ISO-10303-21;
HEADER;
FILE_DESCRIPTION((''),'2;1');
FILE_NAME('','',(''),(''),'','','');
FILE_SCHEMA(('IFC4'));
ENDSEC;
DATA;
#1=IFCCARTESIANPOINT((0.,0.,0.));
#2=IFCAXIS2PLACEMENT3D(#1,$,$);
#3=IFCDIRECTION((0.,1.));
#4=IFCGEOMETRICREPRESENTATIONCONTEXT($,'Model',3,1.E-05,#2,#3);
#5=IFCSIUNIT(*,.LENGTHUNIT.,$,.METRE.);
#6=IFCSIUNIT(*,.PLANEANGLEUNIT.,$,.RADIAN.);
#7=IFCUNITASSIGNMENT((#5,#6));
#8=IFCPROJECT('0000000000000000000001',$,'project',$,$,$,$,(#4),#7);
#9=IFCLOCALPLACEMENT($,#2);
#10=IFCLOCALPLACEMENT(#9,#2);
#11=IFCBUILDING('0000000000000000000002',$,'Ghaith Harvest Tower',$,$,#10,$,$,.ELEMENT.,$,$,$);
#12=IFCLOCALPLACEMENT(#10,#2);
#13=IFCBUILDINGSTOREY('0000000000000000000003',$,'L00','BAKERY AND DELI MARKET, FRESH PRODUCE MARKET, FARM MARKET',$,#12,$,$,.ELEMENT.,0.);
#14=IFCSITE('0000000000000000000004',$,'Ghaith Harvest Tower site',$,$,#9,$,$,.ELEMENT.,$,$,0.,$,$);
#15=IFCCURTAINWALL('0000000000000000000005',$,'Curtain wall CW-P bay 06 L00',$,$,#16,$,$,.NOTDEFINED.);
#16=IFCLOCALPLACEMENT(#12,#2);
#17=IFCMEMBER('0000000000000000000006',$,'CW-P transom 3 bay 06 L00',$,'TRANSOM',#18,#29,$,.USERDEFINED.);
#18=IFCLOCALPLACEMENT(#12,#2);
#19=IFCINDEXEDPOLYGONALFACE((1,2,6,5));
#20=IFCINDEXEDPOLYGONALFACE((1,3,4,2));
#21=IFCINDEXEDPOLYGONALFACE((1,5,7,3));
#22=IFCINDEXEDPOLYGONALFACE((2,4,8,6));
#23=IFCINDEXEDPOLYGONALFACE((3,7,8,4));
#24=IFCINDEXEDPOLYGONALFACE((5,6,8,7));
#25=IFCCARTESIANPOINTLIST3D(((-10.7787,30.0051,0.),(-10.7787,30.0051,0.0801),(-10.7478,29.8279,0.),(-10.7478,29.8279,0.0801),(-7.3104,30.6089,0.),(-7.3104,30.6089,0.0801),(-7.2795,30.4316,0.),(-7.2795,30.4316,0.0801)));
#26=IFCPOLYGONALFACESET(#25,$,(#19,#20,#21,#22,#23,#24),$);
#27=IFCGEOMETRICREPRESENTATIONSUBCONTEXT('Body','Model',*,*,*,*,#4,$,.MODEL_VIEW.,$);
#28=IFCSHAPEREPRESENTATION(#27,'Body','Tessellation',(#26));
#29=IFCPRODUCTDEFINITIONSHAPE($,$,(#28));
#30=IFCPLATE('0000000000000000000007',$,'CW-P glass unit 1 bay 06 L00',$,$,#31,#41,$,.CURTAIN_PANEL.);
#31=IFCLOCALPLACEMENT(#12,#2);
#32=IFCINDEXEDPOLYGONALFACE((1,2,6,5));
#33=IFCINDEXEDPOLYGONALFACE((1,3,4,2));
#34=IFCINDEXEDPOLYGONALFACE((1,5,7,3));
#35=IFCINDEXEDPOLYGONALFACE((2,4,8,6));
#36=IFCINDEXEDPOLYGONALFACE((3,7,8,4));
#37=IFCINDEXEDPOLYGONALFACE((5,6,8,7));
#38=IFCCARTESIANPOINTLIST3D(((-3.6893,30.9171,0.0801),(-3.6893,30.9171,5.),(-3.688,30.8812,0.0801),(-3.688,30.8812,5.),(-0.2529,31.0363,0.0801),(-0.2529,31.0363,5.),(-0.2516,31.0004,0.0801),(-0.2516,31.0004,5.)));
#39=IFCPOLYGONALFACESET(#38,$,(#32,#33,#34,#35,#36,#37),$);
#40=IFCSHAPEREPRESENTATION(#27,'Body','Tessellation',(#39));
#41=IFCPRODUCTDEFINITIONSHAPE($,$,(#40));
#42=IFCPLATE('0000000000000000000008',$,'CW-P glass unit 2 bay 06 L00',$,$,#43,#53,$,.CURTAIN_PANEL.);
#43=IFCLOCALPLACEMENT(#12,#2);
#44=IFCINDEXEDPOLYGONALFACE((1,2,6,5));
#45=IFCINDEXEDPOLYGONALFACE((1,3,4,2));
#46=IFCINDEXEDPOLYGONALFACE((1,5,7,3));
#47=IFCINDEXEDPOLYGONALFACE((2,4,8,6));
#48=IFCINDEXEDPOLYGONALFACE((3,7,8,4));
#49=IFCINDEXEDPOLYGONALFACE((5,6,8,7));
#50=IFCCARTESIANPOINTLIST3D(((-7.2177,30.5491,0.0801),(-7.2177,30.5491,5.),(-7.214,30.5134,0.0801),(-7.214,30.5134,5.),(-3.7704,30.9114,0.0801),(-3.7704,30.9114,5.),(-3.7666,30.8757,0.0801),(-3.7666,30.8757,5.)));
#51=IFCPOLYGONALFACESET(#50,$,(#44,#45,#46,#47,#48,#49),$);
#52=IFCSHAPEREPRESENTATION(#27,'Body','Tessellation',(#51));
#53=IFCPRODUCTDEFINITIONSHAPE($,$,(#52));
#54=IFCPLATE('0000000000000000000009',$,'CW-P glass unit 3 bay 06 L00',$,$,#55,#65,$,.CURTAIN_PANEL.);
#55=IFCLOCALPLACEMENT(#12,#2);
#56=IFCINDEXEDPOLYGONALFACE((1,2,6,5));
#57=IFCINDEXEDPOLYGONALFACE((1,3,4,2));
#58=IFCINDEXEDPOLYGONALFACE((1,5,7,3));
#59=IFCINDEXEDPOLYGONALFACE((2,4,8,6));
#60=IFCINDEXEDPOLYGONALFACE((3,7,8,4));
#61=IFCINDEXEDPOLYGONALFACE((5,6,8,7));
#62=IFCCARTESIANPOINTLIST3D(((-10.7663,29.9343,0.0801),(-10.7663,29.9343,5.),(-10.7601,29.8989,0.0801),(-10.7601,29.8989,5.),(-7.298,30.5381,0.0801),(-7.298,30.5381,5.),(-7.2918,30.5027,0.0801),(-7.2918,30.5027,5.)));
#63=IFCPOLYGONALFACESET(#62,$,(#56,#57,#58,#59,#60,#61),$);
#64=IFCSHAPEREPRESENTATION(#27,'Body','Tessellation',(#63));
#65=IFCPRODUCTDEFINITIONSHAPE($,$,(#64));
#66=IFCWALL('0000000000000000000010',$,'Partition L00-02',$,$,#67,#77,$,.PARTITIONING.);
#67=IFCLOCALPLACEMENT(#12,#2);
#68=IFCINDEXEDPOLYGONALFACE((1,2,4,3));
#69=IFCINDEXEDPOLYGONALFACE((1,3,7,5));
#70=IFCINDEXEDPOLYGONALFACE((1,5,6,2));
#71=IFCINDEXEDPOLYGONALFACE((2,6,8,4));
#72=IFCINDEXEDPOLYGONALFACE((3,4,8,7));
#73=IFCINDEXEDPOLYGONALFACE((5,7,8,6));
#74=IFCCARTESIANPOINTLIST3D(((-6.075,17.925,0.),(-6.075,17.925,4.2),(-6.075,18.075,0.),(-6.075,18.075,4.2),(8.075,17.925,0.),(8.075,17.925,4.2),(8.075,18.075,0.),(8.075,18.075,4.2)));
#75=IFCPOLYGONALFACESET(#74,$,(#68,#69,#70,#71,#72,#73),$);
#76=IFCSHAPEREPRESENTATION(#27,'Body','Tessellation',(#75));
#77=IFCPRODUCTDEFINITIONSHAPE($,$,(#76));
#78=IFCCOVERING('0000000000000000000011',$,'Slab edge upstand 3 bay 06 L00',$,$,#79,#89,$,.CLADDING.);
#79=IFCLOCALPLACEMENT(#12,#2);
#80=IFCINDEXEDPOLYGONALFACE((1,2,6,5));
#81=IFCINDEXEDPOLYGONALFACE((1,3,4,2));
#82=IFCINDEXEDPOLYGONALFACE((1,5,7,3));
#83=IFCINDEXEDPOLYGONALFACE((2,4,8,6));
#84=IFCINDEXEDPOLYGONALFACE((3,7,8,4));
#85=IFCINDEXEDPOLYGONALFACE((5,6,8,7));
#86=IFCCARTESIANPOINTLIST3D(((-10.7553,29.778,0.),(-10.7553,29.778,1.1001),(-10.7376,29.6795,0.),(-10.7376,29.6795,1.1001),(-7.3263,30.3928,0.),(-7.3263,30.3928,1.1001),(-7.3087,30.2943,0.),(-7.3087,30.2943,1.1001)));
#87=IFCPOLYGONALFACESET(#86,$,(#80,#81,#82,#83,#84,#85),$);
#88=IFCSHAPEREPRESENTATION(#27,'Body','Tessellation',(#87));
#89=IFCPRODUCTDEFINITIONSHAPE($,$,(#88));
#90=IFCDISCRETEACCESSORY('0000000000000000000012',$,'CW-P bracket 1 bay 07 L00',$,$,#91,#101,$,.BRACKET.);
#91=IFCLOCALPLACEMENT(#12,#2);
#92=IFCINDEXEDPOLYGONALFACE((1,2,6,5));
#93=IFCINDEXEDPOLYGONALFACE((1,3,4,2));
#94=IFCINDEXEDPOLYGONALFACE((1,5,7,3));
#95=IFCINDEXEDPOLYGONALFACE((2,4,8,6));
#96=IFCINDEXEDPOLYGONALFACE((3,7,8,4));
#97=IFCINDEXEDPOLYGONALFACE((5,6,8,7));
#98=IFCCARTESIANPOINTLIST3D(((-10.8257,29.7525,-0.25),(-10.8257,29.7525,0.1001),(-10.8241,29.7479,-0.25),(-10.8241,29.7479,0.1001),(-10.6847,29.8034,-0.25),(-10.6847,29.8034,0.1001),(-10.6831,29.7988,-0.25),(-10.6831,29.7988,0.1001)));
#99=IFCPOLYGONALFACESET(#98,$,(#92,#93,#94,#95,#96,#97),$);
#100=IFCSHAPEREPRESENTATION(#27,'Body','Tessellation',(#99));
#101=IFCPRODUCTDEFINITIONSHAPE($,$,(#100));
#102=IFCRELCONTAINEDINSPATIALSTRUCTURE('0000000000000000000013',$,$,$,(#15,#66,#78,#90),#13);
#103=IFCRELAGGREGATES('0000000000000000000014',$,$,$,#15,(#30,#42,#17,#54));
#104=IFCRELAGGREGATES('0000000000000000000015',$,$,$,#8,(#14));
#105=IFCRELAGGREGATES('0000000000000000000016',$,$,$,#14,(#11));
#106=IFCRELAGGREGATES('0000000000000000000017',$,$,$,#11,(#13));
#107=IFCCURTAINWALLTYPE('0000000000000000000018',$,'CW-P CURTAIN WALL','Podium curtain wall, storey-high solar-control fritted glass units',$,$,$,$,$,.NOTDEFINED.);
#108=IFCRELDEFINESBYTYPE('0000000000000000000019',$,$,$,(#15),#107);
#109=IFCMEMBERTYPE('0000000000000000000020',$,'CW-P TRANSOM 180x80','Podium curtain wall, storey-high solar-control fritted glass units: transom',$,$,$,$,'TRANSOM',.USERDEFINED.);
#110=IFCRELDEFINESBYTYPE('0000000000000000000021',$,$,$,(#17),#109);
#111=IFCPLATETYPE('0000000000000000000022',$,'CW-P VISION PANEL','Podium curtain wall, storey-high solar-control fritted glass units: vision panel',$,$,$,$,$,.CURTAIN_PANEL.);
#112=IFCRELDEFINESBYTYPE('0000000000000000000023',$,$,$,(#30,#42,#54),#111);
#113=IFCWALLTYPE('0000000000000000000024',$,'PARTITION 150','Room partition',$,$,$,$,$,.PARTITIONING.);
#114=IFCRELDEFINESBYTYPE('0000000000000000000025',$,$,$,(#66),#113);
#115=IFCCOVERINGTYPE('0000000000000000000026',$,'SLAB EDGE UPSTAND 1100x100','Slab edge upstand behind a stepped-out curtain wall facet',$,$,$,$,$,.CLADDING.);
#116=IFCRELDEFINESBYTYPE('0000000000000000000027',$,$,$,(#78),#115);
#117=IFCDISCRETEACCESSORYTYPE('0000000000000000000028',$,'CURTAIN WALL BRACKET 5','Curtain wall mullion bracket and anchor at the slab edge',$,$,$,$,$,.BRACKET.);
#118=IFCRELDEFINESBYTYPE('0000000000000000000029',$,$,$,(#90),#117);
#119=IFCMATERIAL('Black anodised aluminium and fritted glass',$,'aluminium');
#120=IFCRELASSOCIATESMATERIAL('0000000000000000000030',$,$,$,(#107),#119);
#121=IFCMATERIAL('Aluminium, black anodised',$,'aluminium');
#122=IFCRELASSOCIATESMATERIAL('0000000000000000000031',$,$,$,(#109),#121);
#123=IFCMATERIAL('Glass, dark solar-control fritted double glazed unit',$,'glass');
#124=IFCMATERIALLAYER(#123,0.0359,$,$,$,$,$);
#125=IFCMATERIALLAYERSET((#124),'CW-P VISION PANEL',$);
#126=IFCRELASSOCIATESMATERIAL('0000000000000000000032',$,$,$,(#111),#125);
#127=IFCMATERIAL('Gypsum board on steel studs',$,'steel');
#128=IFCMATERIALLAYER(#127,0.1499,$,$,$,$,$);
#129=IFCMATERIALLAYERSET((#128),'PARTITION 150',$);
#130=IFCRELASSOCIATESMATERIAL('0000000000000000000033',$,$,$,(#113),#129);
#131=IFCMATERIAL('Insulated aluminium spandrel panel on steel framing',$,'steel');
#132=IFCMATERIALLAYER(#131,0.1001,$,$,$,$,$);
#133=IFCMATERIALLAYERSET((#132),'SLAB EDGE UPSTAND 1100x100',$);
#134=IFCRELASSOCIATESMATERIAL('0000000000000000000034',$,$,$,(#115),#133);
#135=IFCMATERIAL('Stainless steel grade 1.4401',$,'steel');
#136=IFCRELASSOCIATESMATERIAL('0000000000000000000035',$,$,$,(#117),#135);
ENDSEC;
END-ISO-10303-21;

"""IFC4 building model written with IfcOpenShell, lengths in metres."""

from ifc_helpers import new_model, si_unit, direction, frame, frame_2d, origin, origin_2d, place, context, subcontext, project, spatial, rectangle, extrude, material, layer, layer_set, material_profile, profile_set, type_object, element, aggregate, save


model = new_model("IFC4")

# Units and contexts
model_context = context("Model", 3, precision=1e-05, world=origin(), true_north=direction((0.0, 1.0)))
body_context = subcontext(model_context, "Body", "Model", "MODEL_VIEW")
ifc_project = project(units=[si_unit("LENGTHUNIT", "METRE"), si_unit("PLANEANGLEUNIT", "RADIAN")], contexts=[model_context])

# Site, building, storey
site_placement = place(None, origin())
site = spatial("IfcSite", under=ifc_project, at=site_placement, Name="Ghaith Harvest Tower site", CompositionType="ELEMENT", RefElevation=0.0)
building_placement = place(site_placement, origin())
building = spatial("IfcBuilding", under=site, at=building_placement, Name="Ghaith Harvest Tower", CompositionType="ELEMENT")
storey_placement = place(building_placement, origin())
storey = spatial("IfcBuildingStorey", under=building, at=storey_placement, Name="L00", Description="BAKERY AND DELI MARKET, FRESH PRODUCE MARKET, FARM MARKET", CompositionType="ELEMENT", Elevation=0.0)

# Curtain wall, member, plates
ifc_material_1 = material(Name="Black anodised aluminium and fritted glass", Category="aluminium")
curtain_wall_type = type_object("IfcCurtainWallType", Name="CW-P CURTAIN WALL", Description="Podium curtain wall, storey-high solar-control fritted glass units", PredefinedType="NOTDEFINED", material=ifc_material_1)
curtain_wall_placement = place(storey_placement, origin())
curtain_wall = element("IfcCurtainWall", 1, at=curtain_wall_placement, inside=storey, type_object=curtain_wall_type, Name="Curtain wall CW-P bay 06 L00", PredefinedType="NOTDEFINED")
ifc_material_2 = material(Name="Aluminium, black anodised", Category="aluminium")
ifc_material_profile_1 = material_profile(ifc_material_2, rectangle(XDim=0.1799, YDim=0.0801, at=origin_2d()), Name="CW-P TRANSOM 180x80")
ifc_profile_set_1 = profile_set([ifc_material_profile_1], Name="Aluminium, black anodised")
member_type_1 = type_object("IfcMemberType", Name="CW-P TRANSOM 180x80", Description="Podium curtain wall, storey-high solar-control fritted glass units: transom", ElementType="TRANSOM", PredefinedType="USERDEFINED", material=ifc_profile_set_1)
member_1_placement = place(storey_placement, frame((-7.2949, 30.5203, 0.04), z_axis=(-0.985184, -0.171502, 0.0), x_axis=(0.171502, -0.985184, 0.0)))
member_1 = element("IfcMember", 2, at=member_1_placement, type_object=member_type_1, Name="CW-P transom 3 bay 06 L00", ObjectType="TRANSOM", PredefinedType="USERDEFINED", context=body_context, shape_type="SweptSolid", body=[
    extrude(rectangle(XDim=0.1799, YDim=0.0801, at=origin_2d()), origin(), (0.0, 0.0, 1.0), 3.5205),
])
ifc_material_3 = material(Name="Glass, dark solar-control fritted double glazed unit", Category="glass")
ifc_layer_1 = layer(ifc_material_3, 0.0359)
ifc_layer_set_1 = layer_set([ifc_layer_1], Name="CW-P VISION PANEL")
plate_type = type_object("IfcPlateType", Name="CW-P VISION PANEL", Description="Podium curtain wall, storey-high solar-control fritted glass units: vision panel", PredefinedType="CURTAIN_PANEL", material=ifc_layer_set_1)
plate_1_placement = place(storey_placement, frame((-1.9705, 30.9587, 0.0801), z_axis=(0.0, 0.0, 1.0), x_axis=(-0.999399, -0.034654, 0.0)))
plate_1 = element("IfcPlate", 3, at=plate_1_placement, type_object=plate_type, Name="CW-P glass unit 1 bay 06 L00", PredefinedType="CURTAIN_PANEL", context=body_context, shape_type="SweptSolid", body=[
    extrude(rectangle(XDim=3.4385, YDim=0.0359, at=origin_2d()), origin(), (0.0, 0.0, 1.0), 4.9199),
])
plate_2_placement = place(storey_placement, frame((-5.4922, 30.7124, 0.0801), z_axis=(0.0, 0.0, 1.0), x_axis=(-0.994525, -0.1045, 0.0)))
plate_2 = element("IfcPlate", 4, at=plate_2_placement, type_object=plate_type, Name="CW-P glass unit 2 bay 06 L00", PredefinedType="CURTAIN_PANEL", context=body_context, shape_type="SweptSolid", body=[
    extrude(rectangle(XDim=3.4663, YDim=0.0359, at=origin_2d()), origin(), (0.0, 0.0, 1.0), 4.9199),
])
plate_3_placement = place(storey_placement, frame((-9.0291, 30.2185, 0.0801), z_axis=(0.0, 0.0, 1.0), x_axis=(-0.985183, -0.171504, 0.0)))
plate_3 = element("IfcPlate", 5, at=plate_3_placement, type_object=plate_type, Name="CW-P glass unit 3 bay 06 L00", PredefinedType="CURTAIN_PANEL", context=body_context, shape_type="SweptSolid", body=[
    extrude(rectangle(XDim=3.5205, YDim=0.0359, at=origin_2d()), origin(), (0.0, 0.0, 1.0), 4.9199),
])
aggregate(curtain_wall, [plate_1, plate_2, member_1, plate_3])

# Wall
ifc_material_4 = material(Name="Gypsum board on steel studs", Category="steel")
ifc_layer_2 = layer(ifc_material_4, 0.1499)
ifc_layer_set_2 = layer_set([ifc_layer_2], Name="PARTITION 150")
wall_type = type_object("IfcWallType", Name="PARTITION 150", Description="Room partition", PredefinedType="PARTITIONING", material=ifc_layer_set_2)
wall_placement = place(storey_placement, frame((-6.075, 18.0, 0.0), z_axis=(0.0, 0.0, 1.0), x_axis=(1.0, 0.0, 0.0)))
element("IfcWall", 6, at=wall_placement, inside=storey, type_object=wall_type, Name="Partition L00-02", PredefinedType="PARTITIONING", context=body_context, shape_type="SweptSolid", body=[
    extrude(rectangle(XDim=14.1499, YDim=0.1499, at=frame_2d((7.075, 0.0))), origin(), (0.0, 0.0, 1.0), 4.2),
])

# Covering
ifc_material_5 = material(Name="Insulated aluminium spandrel panel on steel framing", Category="steel")
ifc_layer_3 = layer(ifc_material_5, 0.1001)
ifc_layer_set_3 = layer_set([ifc_layer_3], Name="SLAB EDGE UPSTAND 1100x100")
covering_type = type_object("IfcCoveringType", Name="SLAB EDGE UPSTAND 1100x100", Description="Slab edge upstand behind a stepped-out curtain wall facet", PredefinedType="CLADDING", material=ifc_layer_set_3)
covering_placement = place(storey_placement, frame((-9.032, 30.0361, 0.0), z_axis=(0.0, 0.0, 1.0), x_axis=(-0.984304, -0.176479, 0.0)))
element("IfcCovering", 7, at=covering_placement, inside=storey, type_object=covering_type, Name="Slab edge upstand 3 bay 06 L00", PredefinedType="CLADDING", context=body_context, shape_type="SweptSolid", body=[
    extrude(rectangle(XDim=3.4836, YDim=0.1001, at=origin_2d()), origin(), (0.0, 0.0, 1.0), 1.1001),
])

# Discrete accessory
ifc_material_6 = material(Name="Stainless steel grade 1.4401", Category="steel")
discrete_accessory_type = type_object("IfcDiscreteAccessoryType", Name="CURTAIN WALL BRACKET 5", Description="Curtain wall mullion bracket and anchor at the slab edge", PredefinedType="BRACKET", material=ifc_material_6)
discrete_accessory_placement = place(storey_placement, frame((-10.7544, 29.7756, -0.25), z_axis=(0.0, 0.0, 1.0), x_axis=(-0.339699, 0.940534, 0.0)))
element("IfcDiscreteAccessory", 8, at=discrete_accessory_placement, inside=storey, type_object=discrete_accessory_type, Name="CW-P bracket 1 bay 07 L00", PredefinedType="BRACKET", context=body_context, shape_type="SweptSolid", body=[
    extrude(rectangle(XDim=0.0049, YDim=0.1499, at=origin_2d()), origin(), (0.0, 0.0, 1.0), 0.3501),
])

save(model, "model.ifc")
